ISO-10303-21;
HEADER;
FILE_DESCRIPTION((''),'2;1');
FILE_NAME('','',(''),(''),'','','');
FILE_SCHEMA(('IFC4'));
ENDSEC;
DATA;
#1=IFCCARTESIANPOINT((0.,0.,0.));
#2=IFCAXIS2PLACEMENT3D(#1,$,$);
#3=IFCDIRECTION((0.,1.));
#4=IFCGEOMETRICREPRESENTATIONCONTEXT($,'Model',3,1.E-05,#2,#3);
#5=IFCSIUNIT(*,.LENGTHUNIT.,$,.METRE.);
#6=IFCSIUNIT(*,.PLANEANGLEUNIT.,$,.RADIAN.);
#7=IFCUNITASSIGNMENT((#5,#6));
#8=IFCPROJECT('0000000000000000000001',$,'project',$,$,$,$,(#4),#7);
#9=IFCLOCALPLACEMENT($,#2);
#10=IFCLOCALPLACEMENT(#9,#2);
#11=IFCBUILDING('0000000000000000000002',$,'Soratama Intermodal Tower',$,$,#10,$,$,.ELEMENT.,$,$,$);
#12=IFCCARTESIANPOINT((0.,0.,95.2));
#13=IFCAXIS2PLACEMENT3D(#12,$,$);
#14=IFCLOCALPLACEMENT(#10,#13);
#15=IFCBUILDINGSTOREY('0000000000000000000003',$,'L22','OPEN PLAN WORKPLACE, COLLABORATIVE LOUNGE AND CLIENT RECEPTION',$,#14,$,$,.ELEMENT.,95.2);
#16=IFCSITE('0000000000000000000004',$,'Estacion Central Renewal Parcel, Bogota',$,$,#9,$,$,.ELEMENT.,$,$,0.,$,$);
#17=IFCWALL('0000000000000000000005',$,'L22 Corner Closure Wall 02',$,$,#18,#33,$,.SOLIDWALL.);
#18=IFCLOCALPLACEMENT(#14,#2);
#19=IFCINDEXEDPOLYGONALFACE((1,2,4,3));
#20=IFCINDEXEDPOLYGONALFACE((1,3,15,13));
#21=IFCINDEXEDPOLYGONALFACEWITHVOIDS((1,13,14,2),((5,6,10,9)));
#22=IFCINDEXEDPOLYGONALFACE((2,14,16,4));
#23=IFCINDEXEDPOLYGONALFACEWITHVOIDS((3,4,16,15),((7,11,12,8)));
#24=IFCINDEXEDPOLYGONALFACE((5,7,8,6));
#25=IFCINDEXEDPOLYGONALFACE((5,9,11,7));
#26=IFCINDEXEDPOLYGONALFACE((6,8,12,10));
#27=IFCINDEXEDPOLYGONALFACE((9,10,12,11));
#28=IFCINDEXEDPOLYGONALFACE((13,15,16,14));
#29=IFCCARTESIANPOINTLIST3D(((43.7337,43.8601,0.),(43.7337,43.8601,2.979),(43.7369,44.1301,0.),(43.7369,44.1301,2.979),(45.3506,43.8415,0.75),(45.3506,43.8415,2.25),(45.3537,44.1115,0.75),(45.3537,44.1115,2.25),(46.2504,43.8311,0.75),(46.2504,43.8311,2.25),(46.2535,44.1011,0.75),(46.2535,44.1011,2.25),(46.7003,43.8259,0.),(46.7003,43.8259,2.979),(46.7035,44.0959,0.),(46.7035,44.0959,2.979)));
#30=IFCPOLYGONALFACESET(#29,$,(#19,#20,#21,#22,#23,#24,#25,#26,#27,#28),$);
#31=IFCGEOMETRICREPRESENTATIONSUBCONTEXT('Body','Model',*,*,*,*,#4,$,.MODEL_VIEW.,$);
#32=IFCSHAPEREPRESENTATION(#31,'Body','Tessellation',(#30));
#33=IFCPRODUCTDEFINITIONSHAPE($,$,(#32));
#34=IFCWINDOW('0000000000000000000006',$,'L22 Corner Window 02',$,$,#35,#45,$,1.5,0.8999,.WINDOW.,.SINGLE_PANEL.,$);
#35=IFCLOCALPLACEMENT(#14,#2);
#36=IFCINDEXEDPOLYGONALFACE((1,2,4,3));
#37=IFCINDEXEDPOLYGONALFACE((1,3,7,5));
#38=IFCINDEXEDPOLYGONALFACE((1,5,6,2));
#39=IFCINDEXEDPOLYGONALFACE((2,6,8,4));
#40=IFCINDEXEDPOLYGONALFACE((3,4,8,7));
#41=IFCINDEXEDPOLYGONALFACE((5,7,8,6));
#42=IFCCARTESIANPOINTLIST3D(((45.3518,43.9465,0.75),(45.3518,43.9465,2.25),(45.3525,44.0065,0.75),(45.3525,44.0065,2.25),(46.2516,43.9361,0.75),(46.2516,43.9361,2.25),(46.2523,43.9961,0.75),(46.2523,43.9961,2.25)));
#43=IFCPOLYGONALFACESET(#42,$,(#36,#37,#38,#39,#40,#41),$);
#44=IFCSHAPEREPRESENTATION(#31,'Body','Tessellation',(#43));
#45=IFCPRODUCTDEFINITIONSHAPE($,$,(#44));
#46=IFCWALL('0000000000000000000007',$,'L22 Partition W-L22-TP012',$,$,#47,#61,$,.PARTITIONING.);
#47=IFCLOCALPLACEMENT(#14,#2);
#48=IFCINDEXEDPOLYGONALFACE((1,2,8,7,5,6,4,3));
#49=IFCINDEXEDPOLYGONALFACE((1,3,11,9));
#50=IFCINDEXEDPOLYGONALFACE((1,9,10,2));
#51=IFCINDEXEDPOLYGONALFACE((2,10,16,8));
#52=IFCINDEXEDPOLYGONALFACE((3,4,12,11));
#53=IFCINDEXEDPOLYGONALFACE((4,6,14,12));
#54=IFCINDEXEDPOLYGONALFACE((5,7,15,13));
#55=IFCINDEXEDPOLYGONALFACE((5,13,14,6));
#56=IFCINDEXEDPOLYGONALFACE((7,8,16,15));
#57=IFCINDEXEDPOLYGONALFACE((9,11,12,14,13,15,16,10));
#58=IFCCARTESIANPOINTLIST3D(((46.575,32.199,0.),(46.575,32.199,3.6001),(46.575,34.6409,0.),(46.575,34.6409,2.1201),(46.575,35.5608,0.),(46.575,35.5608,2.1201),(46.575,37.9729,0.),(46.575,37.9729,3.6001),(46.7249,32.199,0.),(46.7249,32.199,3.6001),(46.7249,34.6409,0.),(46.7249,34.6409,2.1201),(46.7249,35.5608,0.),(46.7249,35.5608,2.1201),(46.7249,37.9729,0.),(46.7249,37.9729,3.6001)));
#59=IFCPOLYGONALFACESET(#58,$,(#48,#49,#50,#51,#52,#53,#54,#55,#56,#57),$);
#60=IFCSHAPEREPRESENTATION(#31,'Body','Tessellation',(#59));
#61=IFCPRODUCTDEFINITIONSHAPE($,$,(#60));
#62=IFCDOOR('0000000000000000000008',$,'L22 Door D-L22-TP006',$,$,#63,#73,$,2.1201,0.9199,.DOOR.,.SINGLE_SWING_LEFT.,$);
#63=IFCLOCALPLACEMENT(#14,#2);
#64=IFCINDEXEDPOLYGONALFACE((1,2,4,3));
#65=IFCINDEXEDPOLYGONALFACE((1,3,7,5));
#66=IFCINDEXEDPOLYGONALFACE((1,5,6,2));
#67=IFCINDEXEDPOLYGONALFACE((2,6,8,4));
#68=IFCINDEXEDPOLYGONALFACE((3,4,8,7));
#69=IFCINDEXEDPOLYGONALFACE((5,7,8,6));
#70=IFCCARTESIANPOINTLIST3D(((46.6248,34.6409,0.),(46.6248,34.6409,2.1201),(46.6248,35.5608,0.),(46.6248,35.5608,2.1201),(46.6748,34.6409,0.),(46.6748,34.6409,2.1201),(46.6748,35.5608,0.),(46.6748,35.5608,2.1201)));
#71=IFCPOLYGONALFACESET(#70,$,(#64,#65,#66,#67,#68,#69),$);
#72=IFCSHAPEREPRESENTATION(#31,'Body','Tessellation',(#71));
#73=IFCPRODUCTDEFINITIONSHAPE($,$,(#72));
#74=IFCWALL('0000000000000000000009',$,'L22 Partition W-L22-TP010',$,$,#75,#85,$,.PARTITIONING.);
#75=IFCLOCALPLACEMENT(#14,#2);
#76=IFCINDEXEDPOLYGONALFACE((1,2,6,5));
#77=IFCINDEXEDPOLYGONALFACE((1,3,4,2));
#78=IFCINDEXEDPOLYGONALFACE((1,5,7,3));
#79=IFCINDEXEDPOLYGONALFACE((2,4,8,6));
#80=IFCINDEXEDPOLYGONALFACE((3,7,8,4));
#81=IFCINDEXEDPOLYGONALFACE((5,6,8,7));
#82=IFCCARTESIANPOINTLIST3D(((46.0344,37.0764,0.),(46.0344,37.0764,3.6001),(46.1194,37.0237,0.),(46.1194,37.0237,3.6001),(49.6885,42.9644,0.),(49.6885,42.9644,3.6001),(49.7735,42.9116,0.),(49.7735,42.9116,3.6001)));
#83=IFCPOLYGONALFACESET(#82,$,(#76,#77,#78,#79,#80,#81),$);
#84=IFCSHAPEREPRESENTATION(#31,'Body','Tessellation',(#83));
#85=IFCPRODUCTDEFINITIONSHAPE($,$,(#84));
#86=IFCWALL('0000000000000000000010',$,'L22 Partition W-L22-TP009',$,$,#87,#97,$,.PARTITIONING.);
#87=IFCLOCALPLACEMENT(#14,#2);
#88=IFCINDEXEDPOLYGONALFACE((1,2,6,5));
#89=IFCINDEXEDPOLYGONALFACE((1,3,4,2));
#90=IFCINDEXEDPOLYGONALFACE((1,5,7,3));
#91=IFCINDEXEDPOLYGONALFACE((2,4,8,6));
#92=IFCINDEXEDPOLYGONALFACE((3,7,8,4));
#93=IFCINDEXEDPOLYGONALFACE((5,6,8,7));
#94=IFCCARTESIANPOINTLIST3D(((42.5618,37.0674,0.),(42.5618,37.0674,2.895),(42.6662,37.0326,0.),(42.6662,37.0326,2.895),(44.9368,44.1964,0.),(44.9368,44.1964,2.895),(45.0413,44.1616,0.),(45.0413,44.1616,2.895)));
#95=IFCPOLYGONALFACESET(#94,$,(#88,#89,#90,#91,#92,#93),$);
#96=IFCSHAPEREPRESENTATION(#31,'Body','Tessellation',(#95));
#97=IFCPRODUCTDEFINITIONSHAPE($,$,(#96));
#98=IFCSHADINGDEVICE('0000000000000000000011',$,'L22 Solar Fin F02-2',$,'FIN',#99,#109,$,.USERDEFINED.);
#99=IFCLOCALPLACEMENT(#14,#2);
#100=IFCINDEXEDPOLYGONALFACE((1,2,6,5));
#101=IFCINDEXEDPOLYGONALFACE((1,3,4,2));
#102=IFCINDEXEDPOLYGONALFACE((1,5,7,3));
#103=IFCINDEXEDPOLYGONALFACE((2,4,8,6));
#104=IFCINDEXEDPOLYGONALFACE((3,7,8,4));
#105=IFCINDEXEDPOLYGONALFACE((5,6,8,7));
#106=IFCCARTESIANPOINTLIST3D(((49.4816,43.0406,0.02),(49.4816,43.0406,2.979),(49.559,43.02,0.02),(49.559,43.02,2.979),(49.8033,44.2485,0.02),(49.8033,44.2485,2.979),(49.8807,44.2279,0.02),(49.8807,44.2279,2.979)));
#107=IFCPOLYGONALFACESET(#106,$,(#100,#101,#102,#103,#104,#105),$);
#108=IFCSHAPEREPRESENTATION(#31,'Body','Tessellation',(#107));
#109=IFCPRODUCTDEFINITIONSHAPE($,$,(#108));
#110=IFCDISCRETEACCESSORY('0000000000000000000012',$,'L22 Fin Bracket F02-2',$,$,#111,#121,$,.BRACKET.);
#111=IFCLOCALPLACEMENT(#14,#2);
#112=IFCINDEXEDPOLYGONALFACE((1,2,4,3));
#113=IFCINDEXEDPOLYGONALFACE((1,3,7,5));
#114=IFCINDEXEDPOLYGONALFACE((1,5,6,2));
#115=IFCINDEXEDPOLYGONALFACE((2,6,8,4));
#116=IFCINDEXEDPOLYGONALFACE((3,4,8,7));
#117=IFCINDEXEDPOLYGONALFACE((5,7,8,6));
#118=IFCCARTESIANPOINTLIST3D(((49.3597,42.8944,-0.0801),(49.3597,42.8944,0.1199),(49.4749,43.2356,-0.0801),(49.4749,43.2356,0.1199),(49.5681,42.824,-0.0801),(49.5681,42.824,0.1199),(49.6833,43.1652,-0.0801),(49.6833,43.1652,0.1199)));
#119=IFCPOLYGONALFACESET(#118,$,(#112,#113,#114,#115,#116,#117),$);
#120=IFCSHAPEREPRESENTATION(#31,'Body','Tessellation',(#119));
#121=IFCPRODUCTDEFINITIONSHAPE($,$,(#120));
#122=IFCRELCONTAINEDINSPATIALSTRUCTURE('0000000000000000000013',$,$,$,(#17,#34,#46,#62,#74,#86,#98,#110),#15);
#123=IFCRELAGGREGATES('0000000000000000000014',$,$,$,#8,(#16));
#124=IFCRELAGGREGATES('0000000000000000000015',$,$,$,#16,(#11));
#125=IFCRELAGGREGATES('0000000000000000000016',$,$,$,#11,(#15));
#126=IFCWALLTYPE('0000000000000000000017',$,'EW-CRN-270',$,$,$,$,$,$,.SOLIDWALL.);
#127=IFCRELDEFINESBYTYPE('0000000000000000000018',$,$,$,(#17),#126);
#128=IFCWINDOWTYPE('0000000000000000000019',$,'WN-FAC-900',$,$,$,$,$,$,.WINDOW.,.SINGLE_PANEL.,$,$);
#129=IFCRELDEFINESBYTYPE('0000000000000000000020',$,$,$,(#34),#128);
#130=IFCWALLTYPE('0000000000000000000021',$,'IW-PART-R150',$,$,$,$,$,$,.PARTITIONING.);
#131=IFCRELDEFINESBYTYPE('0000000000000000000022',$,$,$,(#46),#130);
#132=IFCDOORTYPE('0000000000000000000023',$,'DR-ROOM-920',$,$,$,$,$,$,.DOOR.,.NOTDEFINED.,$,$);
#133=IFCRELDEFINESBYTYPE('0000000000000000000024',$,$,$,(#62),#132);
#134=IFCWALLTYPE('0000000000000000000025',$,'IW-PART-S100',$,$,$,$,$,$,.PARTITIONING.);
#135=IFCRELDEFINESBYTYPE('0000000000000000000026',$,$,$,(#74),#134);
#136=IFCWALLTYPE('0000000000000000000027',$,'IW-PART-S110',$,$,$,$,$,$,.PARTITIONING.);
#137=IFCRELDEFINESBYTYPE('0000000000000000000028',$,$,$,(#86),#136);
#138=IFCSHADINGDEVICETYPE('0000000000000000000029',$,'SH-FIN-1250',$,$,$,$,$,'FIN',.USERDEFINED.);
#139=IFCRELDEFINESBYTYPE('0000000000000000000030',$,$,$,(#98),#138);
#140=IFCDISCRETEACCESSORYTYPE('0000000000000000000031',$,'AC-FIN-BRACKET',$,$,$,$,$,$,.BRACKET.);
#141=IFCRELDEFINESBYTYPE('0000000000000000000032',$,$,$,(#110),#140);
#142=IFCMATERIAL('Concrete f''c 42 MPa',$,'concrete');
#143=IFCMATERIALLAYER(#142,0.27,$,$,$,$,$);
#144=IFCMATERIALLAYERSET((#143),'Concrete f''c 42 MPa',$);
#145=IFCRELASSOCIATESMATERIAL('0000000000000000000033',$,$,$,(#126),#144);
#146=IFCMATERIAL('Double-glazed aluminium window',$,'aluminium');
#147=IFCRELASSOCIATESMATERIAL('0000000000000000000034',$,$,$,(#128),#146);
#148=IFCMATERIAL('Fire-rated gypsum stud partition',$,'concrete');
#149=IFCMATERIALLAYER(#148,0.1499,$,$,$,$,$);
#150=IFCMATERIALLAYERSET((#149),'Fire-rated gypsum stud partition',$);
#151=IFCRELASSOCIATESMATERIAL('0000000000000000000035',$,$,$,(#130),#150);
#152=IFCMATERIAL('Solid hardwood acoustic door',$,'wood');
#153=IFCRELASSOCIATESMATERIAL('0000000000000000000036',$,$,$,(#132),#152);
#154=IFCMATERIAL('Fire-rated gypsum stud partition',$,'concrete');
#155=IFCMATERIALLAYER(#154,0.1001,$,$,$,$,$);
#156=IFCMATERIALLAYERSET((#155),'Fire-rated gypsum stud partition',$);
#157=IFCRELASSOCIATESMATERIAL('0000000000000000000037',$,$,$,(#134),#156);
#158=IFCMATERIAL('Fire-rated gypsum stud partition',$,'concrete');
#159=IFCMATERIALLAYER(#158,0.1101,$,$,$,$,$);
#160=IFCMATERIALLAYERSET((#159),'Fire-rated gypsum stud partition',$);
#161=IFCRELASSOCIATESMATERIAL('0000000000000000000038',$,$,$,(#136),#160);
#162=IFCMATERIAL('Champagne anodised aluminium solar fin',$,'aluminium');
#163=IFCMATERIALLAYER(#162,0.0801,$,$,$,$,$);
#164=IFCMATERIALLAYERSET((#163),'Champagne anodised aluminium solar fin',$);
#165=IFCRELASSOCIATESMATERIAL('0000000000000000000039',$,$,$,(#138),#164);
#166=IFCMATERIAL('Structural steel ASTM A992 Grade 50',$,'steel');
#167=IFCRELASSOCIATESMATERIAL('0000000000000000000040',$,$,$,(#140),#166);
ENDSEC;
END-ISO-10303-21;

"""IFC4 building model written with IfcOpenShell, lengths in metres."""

from ifc_helpers import new_model, si_unit, direction, frame, frame_2d, origin, origin_2d, place, context, subcontext, project, spatial, rectangle, extrude, material, layer, layer_set, type_object, element, fill, save


model = new_model("IFC4")

# Units and contexts
model_context = context("Model", 3, precision=1e-05, world=origin(), true_north=direction((0.0, 1.0)))
body_context = subcontext(model_context, "Body", "Model", "MODEL_VIEW")
ifc_project = project(units=[si_unit("LENGTHUNIT", "METRE"), si_unit("PLANEANGLEUNIT", "RADIAN")], contexts=[model_context])

# Site, building, storey
site_placement = place(None, origin())
site = spatial("IfcSite", under=ifc_project, at=site_placement, Name="Estacion Central Renewal Parcel, Bogota", CompositionType="ELEMENT", RefElevation=0.0)
building_placement = place(site_placement, origin())
building = spatial("IfcBuilding", under=site, at=building_placement, Name="Soratama Intermodal Tower", CompositionType="ELEMENT")
storey_placement = place(building_placement, frame((0.0, 0.0, 95.2)))
storey = spatial("IfcBuildingStorey", under=building, at=storey_placement, Name="L22", Description="OPEN PLAN WORKPLACE, COLLABORATIVE LOUNGE AND CLIENT RECEPTION", CompositionType="ELEMENT", Elevation=95.2)

# Wall, opening, window
ifc_material_1 = material(Name="Concrete f'c 42 MPa", Category="concrete")
ifc_layer_1 = layer(ifc_material_1, 0.27)
ifc_layer_set_1 = layer_set([ifc_layer_1], Name="Concrete f'c 42 MPa")
wall_type_1 = type_object("IfcWallType", Name="EW-CRN-270", PredefinedType="SOLIDWALL", material=ifc_layer_set_1)
wall_1_placement = place(storey_placement, frame((46.7019, 43.9609, 0.0), z_axis=(0.0, 0.0, 1.0), x_axis=(-0.999934, 0.011521, 0.0)))
wall_1 = element("IfcWall", 1, at=wall_1_placement, inside=storey, type_object=wall_type_1, Name="L22 Corner Closure Wall 02", PredefinedType="SOLIDWALL", context=body_context, shape_type="SweptSolid", body=[
    extrude(rectangle(XDim=2.9668, YDim=0.27, at=frame_2d((1.4834, 0.0))), origin(), (0.0, 0.0, 1.0), 2.979),
])
opening_1_placement = place(wall_1_placement, frame((0.45, 0.0, 0.75)))
opening_1 = element("IfcOpeningElement", 2, at=opening_1_placement, cuts=wall_1, PredefinedType="OPENING", context=body_context, shape_type="SweptSolid", body=[
    extrude(rectangle(XDim=0.8999, YDim=1.5, at=frame_2d((0.45, 0.75))), frame((0.0, 0.145, 0.0), z_axis=(0.0, -1.0, 0.0), x_axis=(1.0, 0.0, 0.0)), (0.0, 0.0, 1.0), 0.29),
])
ifc_material_2 = material(Name="Double-glazed aluminium window", Category="aluminium")
window_type_1 = type_object("IfcWindowType", Name="WN-FAC-900", PartitioningType="SINGLE_PANEL", PredefinedType="WINDOW", material=ifc_material_2)
window_1_placement = place(opening_1_placement, origin())
window_1 = element("IfcWindow", 3, at=window_1_placement, inside=storey, type_object=window_type_1, Name="L22 Corner Window 02", OverallHeight=1.5, OverallWidth=0.8999, PartitioningType="SINGLE_PANEL", PredefinedType="WINDOW", context=body_context, shape_type="SweptSolid", body=[
    extrude(rectangle(XDim=0.8999, YDim=1.5, at=frame_2d((0.45, 0.75))), frame((0.0, 0.03, 0.0), z_axis=(0.0, -1.0, 0.0), x_axis=(1.0, 0.0, 0.0)), (0.0, 0.0, 1.0), 0.0601),
])
fill(opening_1, window_1)

# Wall, opening, door
ifc_material_3 = material(Name="Fire-rated gypsum stud partition", Category="concrete")
ifc_layer_2 = layer(ifc_material_3, 0.1499)
ifc_layer_set_2 = layer_set([ifc_layer_2], Name="Fire-rated gypsum stud partition")
wall_type_2 = type_object("IfcWallType", Name="IW-PART-R150", PredefinedType="PARTITIONING", material=ifc_layer_set_2)
wall_2_placement = place(storey_placement, frame((46.6499, 37.9729, 0.0), z_axis=(0.0, 0.0, 1.0), x_axis=(0.0, -1.0, 0.0)))
wall_2 = element("IfcWall", 4, at=wall_2_placement, inside=storey, type_object=wall_type_2, Name="L22 Partition W-L22-TP012", PredefinedType="PARTITIONING", context=body_context, shape_type="SweptSolid", body=[
    extrude(rectangle(XDim=5.7739, YDim=0.1499, at=frame_2d((2.887, 0.0))), origin(), (0.0, 0.0, 1.0), 3.6001),
])
opening_2_placement = place(wall_2_placement, frame((2.4121, 0.0, 0.0)))
opening_2 = element("IfcOpeningElement", 5, at=opening_2_placement, cuts=wall_2, PredefinedType="OPENING", context=body_context, shape_type="SweptSolid", body=[
    extrude(rectangle(XDim=0.9199, YDim=2.1201, at=frame_2d((0.46, 1.0601))), frame((0.0, 0.085, 0.0), z_axis=(0.0, -1.0, 0.0), x_axis=(1.0, 0.0, 0.0)), (0.0, 0.0, 1.0), 0.1699),
])
ifc_material_4 = material(Name="Solid hardwood acoustic door", Category="wood")
door_type_1 = type_object("IfcDoorType", Name="DR-ROOM-920", OperationType="NOTDEFINED", PredefinedType="DOOR", material=ifc_material_4)
door_1_placement = place(opening_2_placement, origin())
door_1 = element("IfcDoor", 6, at=door_1_placement, inside=storey, type_object=door_type_1, Name="L22 Door D-L22-TP006", OperationType="SINGLE_SWING_LEFT", OverallHeight=2.1201, OverallWidth=0.9199, PredefinedType="DOOR", context=body_context, shape_type="SweptSolid", body=[
    extrude(rectangle(XDim=0.9199, YDim=2.1201, at=frame_2d((0.46, 1.0601))), frame((0.0, 0.0249, 0.0), z_axis=(0.0, -1.0, 0.0), x_axis=(1.0, 0.0, 0.0)), (0.0, 0.0, 1.0), 0.05),
])
fill(opening_2, door_1)

# Walls
ifc_material_5 = material(Name="Fire-rated gypsum stud partition", Category="concrete")
ifc_layer_3 = layer(ifc_material_5, 0.1001)
ifc_layer_set_3 = layer_set([ifc_layer_3], Name="Fire-rated gypsum stud partition")
wall_type_3 = type_object("IfcWallType", Name="IW-PART-S100", PredefinedType="PARTITIONING", material=ifc_layer_set_3)
wall_3_placement = place(storey_placement, frame((46.0769, 37.05, 0.0), z_axis=(0.0, 0.0, 1.0), x_axis=(0.527308, 0.849674, 0.0)))
element("IfcWall", 7, at=wall_3_placement, inside=storey, type_object=wall_type_3, Name="L22 Partition W-L22-TP010", PredefinedType="PARTITIONING", context=body_context, shape_type="SweptSolid", body=[
    extrude(rectangle(XDim=6.9297, YDim=0.1001, at=frame_2d((3.4648, 0.0))), origin(), (0.0, 0.0, 1.0), 3.6001),
])
ifc_material_6 = material(Name="Fire-rated gypsum stud partition", Category="concrete")
ifc_layer_4 = layer(ifc_material_6, 0.1101)
ifc_layer_set_4 = layer_set([ifc_layer_4], Name="Fire-rated gypsum stud partition")
wall_type_4 = type_object("IfcWallType", Name="IW-PART-S110", PredefinedType="PARTITIONING", material=ifc_layer_set_4)
wall_4_placement = place(storey_placement, frame((42.614, 37.05, 0.0), z_axis=(0.0, 0.0, 1.0), x_axis=(0.316072, 0.948735, 0.0)))
element("IfcWall", 8, at=wall_4_placement, inside=storey, type_object=wall_type_4, Name="L22 Partition W-L22-TP009", PredefinedType="PARTITIONING", context=body_context, shape_type="SweptSolid", body=[
    extrude(rectangle(XDim=7.5142, YDim=0.1101, at=frame_2d((3.7571, 0.0))), origin(), (0.0, 0.0, 1.0), 2.895),
])

# Shading device
ifc_material_7 = material(Name="Champagne anodised aluminium solar fin", Category="aluminium")
ifc_layer_5 = layer(ifc_material_7, 0.0801)
ifc_layer_set_5 = layer_set([ifc_layer_5], Name="Champagne anodised aluminium solar fin")
shading_device_type = type_object("IfcShadingDeviceType", Name="SH-FIN-1250", ElementType="FIN", PredefinedType="USERDEFINED", material=ifc_layer_set_5)
shading_device_placement = place(storey_placement, frame((49.6812, 43.6343, 0.02), z_axis=(0.0, 0.0, 1.0), x_axis=(0.257301, 0.966331, 0.0)))
element("IfcShadingDevice", 9, at=shading_device_placement, inside=storey, type_object=shading_device_type, Name="L22 Solar Fin F02-2", ObjectType="FIN", PredefinedType="USERDEFINED", context=body_context, shape_type="SweptSolid", body=[
    extrude(rectangle(XDim=1.25, YDim=0.0801, at=origin_2d()), origin(), (0.0, 0.0, 1.0), 2.959),
])

# Discrete accessory
ifc_material_8 = material(Name="Structural steel ASTM A992 Grade 50", Category="steel")
discrete_accessory_type = type_object("IfcDiscreteAccessoryType", Name="AC-FIN-BRACKET", PredefinedType="BRACKET", material=ifc_material_8)
discrete_accessory_placement = place(storey_placement, frame((49.5215, 43.0298, -0.0801), z_axis=(0.0, 0.0, 1.0), x_axis=(0.319952, 0.947434, 0.0)))
element("IfcDiscreteAccessory", 10, at=discrete_accessory_placement, inside=storey, type_object=discrete_accessory_type, Name="L22 Fin Bracket F02-2", PredefinedType="BRACKET", context=body_context, shape_type="SweptSolid", body=[
    extrude(rectangle(XDim=0.3601, YDim=0.22, at=origin_2d()), origin(), (0.0, 0.0, 1.0), 0.2),
])

save(model, "model.ifc")
